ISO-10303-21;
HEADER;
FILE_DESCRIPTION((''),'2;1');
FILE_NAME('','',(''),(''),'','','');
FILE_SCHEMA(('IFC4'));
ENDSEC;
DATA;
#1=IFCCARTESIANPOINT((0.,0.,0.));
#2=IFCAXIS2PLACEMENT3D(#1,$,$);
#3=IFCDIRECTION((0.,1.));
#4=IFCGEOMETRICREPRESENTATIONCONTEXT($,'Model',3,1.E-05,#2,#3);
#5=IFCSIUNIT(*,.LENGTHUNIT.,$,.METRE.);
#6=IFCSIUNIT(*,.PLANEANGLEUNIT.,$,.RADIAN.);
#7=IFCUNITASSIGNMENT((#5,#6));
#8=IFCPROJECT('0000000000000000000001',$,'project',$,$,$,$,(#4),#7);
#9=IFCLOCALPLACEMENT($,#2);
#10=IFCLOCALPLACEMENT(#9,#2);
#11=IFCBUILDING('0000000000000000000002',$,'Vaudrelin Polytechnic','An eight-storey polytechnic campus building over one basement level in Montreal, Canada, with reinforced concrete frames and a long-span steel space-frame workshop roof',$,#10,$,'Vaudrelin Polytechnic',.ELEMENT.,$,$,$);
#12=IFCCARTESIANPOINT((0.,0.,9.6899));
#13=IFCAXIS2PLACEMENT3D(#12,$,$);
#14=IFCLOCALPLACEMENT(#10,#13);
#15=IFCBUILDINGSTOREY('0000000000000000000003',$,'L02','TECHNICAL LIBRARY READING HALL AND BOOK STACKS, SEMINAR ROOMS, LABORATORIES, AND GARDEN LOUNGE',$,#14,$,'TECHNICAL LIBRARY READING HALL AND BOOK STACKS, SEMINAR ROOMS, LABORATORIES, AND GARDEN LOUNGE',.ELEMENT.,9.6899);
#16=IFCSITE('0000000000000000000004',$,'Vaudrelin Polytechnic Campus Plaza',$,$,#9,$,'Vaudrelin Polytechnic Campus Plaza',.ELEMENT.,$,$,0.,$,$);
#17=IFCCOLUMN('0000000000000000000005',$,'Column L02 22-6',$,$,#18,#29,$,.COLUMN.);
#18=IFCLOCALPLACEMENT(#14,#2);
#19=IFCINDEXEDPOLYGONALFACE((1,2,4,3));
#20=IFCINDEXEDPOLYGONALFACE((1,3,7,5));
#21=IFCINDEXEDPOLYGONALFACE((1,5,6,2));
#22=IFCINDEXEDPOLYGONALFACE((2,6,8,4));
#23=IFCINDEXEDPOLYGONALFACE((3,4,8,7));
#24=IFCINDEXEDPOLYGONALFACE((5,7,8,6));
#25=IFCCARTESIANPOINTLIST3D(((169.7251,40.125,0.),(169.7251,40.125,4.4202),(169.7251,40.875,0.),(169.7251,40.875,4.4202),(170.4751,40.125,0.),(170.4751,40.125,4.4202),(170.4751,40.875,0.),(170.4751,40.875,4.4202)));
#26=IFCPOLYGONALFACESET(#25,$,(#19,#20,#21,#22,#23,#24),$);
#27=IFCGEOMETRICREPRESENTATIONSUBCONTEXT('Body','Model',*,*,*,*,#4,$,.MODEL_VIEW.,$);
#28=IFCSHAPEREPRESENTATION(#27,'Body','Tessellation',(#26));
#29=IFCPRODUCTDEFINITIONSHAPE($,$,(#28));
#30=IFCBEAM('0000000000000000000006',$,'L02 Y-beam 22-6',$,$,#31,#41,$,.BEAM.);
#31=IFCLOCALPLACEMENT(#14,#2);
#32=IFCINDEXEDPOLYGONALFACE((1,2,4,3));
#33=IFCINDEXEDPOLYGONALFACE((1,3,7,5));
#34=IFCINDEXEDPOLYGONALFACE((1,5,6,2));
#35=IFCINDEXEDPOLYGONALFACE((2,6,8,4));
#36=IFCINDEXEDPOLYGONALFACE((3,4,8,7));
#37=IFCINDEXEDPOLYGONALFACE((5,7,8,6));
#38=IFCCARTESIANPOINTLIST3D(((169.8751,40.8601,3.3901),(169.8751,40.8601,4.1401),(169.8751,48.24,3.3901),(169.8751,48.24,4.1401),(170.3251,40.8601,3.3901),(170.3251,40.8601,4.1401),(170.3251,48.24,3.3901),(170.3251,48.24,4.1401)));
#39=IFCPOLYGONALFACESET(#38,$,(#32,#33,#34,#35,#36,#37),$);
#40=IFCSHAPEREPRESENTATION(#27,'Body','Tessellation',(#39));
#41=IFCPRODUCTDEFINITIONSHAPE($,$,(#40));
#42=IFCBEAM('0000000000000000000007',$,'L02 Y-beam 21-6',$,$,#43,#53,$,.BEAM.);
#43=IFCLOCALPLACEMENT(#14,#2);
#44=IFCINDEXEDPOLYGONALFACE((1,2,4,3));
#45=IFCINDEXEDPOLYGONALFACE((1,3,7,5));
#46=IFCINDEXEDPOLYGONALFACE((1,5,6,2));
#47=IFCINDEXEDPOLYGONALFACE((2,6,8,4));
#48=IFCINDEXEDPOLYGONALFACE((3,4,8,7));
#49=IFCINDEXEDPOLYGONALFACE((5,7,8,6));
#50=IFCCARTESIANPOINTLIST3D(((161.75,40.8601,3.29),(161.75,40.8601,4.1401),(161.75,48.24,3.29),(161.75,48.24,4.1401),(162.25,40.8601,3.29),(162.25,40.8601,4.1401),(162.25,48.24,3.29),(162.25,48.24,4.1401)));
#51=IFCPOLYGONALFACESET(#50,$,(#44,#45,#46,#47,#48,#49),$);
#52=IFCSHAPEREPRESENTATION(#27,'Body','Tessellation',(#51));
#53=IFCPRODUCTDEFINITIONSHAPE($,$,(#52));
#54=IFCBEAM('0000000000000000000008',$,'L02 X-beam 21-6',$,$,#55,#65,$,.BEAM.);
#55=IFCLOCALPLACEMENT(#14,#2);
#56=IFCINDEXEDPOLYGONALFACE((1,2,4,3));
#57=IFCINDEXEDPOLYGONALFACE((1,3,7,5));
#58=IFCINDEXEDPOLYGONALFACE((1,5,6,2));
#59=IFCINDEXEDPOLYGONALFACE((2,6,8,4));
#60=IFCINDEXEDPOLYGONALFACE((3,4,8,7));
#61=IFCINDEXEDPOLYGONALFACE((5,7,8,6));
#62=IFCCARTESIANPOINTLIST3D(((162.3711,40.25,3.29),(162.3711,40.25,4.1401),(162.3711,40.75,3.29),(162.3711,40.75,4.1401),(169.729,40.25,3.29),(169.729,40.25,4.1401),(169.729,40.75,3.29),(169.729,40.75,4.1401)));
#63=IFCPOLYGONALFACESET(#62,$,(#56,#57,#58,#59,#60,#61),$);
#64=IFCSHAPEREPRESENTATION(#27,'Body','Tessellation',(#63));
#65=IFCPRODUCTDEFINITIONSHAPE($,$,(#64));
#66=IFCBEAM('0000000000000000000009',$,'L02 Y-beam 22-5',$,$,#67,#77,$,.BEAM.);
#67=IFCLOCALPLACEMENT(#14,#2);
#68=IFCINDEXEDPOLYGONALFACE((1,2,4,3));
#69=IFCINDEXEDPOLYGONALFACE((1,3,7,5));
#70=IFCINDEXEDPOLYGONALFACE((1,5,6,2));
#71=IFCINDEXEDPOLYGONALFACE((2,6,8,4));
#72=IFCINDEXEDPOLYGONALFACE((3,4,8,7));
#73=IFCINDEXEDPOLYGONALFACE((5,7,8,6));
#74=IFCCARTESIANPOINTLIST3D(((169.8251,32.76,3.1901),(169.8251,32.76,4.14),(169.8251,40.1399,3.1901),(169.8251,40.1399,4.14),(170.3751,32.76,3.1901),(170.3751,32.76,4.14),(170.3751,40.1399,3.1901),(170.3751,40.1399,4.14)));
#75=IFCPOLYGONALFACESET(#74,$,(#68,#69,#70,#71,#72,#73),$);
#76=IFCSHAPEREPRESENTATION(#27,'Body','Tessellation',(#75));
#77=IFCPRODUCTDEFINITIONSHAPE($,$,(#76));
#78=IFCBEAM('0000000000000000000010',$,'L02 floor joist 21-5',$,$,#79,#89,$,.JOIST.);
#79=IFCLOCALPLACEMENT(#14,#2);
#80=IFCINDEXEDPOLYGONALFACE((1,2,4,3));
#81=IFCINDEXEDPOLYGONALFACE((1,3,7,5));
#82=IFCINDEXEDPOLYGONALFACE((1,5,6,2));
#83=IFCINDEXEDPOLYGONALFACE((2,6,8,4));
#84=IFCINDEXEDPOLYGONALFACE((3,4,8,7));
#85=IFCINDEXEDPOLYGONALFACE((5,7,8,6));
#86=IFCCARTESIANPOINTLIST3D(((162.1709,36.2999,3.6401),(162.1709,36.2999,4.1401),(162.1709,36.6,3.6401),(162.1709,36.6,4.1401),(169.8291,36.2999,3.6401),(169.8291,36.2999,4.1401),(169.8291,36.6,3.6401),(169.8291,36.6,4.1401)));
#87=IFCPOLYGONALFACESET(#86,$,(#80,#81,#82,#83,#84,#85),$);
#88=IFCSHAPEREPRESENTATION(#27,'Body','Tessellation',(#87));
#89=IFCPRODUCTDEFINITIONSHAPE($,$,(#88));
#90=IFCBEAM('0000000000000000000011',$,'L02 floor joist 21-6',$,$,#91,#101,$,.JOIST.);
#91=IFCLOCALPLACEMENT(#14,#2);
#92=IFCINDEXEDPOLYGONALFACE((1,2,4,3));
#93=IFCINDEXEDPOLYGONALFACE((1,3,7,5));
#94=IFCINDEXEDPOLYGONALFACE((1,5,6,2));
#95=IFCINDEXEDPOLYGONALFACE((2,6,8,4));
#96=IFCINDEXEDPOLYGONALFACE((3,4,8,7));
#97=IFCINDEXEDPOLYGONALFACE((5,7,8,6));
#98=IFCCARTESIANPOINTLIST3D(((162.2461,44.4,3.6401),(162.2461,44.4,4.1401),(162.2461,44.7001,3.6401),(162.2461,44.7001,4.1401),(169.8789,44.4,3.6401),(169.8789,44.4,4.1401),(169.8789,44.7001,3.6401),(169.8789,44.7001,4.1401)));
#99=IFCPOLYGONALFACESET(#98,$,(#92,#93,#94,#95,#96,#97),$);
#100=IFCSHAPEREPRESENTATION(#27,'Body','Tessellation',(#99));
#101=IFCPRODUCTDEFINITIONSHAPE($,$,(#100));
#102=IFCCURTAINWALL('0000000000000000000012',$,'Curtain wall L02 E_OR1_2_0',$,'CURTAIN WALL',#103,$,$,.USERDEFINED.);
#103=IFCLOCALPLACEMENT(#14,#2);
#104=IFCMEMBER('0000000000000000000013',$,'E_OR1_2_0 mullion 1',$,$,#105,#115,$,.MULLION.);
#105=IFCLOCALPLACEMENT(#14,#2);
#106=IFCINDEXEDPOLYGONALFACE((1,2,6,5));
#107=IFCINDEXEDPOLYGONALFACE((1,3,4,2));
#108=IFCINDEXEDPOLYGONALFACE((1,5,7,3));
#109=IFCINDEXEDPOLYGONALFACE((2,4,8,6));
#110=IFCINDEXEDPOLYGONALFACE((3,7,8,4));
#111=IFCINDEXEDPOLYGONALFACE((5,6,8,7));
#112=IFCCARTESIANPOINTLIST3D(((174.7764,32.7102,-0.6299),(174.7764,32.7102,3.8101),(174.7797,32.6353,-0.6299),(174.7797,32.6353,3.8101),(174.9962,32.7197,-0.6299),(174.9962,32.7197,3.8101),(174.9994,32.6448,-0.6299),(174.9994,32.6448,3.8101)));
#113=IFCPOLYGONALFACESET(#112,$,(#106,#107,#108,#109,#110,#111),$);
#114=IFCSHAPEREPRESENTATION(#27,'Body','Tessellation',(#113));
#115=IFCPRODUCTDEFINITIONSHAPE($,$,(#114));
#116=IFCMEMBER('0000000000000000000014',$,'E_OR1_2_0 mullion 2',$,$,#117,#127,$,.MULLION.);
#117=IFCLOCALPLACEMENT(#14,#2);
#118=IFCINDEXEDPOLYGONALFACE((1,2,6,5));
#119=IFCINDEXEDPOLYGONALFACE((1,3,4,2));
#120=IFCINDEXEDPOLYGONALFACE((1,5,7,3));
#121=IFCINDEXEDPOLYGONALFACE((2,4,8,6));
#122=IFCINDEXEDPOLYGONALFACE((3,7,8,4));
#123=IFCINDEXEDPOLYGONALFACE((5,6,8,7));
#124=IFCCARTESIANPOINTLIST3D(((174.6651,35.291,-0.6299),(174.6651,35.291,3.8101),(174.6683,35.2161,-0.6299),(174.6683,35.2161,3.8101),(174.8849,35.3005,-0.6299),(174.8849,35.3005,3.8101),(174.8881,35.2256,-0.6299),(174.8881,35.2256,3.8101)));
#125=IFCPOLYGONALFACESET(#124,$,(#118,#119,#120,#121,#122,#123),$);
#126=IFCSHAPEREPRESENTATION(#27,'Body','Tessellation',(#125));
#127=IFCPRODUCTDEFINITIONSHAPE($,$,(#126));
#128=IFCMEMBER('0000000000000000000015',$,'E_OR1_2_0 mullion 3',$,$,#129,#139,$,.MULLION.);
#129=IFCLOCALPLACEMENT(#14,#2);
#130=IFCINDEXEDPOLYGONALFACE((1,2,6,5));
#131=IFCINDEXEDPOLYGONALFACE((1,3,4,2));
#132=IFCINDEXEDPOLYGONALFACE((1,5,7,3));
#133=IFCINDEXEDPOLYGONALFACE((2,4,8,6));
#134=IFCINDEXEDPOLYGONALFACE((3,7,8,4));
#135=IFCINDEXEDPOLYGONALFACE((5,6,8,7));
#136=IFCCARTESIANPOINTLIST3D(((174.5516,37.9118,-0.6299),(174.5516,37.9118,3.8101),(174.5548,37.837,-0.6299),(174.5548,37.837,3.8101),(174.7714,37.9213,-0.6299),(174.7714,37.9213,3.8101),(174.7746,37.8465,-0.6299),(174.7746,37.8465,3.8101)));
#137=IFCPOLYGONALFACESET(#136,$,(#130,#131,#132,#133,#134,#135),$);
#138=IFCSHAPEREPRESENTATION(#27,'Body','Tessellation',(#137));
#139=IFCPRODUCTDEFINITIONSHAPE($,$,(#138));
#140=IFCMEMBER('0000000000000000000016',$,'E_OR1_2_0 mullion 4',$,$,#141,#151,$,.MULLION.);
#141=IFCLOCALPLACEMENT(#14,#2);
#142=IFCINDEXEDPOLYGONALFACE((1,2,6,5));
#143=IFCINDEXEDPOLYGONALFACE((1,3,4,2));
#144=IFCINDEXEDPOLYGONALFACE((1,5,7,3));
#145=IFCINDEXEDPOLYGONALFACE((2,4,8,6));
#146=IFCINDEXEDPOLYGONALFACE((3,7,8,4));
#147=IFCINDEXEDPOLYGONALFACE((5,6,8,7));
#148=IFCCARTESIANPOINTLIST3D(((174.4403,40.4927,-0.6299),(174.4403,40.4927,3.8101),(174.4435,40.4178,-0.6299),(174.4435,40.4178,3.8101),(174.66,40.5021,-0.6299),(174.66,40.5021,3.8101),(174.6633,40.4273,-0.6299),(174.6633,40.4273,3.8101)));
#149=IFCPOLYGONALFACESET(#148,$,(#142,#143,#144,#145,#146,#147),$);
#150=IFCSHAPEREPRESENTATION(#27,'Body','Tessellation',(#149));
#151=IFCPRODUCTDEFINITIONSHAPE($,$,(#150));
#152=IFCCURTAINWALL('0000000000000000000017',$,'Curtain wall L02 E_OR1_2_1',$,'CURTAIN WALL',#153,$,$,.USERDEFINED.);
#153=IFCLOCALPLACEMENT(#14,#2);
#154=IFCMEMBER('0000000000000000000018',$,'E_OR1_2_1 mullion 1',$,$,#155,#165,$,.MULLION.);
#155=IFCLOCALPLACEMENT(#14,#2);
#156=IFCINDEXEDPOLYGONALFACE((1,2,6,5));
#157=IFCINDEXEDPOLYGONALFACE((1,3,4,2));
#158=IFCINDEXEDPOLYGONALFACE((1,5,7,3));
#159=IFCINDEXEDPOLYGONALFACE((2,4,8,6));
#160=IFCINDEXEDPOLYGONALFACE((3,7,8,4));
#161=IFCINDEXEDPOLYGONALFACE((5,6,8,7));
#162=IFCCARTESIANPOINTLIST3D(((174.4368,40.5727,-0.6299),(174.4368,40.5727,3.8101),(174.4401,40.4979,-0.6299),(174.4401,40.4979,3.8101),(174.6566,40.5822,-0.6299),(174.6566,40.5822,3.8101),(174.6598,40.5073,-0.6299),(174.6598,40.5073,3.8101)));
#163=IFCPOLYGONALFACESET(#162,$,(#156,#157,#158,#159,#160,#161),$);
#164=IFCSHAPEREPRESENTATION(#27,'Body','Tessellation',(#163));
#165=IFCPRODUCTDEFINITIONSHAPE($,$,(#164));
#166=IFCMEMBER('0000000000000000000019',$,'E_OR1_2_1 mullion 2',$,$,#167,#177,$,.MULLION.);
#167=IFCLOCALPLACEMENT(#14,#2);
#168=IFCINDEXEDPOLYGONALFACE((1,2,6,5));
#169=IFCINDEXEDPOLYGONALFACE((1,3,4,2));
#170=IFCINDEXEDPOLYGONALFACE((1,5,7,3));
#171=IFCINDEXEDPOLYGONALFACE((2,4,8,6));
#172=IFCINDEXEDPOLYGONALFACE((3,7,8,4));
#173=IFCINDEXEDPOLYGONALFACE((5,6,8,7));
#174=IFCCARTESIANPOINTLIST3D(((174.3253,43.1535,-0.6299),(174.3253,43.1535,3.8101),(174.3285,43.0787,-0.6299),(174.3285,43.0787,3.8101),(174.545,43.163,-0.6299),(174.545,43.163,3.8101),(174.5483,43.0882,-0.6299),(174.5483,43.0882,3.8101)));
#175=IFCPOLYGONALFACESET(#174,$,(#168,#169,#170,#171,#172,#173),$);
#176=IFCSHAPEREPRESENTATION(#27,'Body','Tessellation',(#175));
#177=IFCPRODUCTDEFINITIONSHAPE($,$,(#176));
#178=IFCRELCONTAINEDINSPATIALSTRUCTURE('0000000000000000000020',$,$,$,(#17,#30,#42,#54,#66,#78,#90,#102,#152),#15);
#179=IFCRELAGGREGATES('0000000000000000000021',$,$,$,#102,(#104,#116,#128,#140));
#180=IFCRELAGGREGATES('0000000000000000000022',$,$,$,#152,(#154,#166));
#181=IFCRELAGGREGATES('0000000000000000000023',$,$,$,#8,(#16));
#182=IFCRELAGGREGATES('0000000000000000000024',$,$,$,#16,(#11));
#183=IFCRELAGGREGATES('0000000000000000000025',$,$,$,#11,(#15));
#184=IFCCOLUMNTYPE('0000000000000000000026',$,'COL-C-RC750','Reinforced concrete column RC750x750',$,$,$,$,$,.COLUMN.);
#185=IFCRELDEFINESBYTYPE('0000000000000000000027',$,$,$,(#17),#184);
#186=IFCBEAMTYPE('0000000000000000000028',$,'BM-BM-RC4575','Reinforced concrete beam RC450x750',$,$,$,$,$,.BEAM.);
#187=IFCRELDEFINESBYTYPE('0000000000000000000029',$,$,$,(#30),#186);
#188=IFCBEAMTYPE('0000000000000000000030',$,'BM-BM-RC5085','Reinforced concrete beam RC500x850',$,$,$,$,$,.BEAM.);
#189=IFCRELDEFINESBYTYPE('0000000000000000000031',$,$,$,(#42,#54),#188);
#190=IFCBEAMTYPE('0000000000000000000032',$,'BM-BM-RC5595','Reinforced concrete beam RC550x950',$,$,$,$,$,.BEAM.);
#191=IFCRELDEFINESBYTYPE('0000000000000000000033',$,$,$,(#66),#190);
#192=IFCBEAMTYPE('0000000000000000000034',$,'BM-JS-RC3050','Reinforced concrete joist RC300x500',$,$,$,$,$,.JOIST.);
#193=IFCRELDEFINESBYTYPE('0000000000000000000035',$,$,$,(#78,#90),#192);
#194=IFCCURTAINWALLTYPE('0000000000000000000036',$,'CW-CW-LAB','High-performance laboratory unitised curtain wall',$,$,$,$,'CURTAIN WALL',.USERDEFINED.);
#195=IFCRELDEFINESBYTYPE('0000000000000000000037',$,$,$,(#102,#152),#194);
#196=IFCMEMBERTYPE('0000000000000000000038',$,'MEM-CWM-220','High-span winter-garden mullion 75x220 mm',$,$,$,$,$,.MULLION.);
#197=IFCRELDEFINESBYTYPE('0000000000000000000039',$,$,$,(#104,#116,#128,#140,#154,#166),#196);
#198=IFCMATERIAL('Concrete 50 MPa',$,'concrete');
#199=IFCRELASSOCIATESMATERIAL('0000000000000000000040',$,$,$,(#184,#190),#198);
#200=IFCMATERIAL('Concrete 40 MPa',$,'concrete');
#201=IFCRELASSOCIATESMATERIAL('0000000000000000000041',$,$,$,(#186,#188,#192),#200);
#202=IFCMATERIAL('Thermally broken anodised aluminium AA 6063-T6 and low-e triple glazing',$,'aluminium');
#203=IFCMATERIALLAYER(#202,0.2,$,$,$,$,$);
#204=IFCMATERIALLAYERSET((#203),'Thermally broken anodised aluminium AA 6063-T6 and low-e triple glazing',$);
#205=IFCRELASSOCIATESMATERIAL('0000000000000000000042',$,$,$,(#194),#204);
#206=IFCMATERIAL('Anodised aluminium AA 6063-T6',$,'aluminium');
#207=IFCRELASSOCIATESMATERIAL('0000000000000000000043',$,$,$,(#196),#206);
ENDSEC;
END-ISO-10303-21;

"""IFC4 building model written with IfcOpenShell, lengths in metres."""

from ifc_helpers import new_model, si_unit, direction, frame, origin, origin_2d, place, context, subcontext, project, spatial, rectangle, extrude, material, layer, layer_set, material_profile, profile_set, type_object, element, aggregate, save


model = new_model("IFC4")

# Units and contexts
model_context = context("Model", 3, precision=1e-05, world=origin(), true_north=direction((0.0, 1.0)))
body_context = subcontext(model_context, "Body", "Model", "MODEL_VIEW")
ifc_project = project(units=[si_unit("LENGTHUNIT", "METRE"), si_unit("PLANEANGLEUNIT", "RADIAN")], contexts=[model_context])

# Site, building, storey
site_placement = place(None, origin())
site = spatial("IfcSite", under=ifc_project, at=site_placement, Name="Vaudrelin Polytechnic Campus Plaza", LongName="Vaudrelin Polytechnic Campus Plaza", CompositionType="ELEMENT", RefElevation=0.0)
building_placement = place(site_placement, origin())
building = spatial("IfcBuilding", under=site, at=building_placement, Name="Vaudrelin Polytechnic", Description="An eight-storey polytechnic campus building over one basement level in Montreal, Canada, with reinforced concrete frames and a long-span steel space-frame workshop roof", LongName="Vaudrelin Polytechnic", CompositionType="ELEMENT")
storey_placement = place(building_placement, frame((0.0, 0.0, 9.6899)))
storey = spatial("IfcBuildingStorey", under=building, at=storey_placement, Name="L02", Description="TECHNICAL LIBRARY READING HALL AND BOOK STACKS, SEMINAR ROOMS, LABORATORIES, AND GARDEN LOUNGE", LongName="TECHNICAL LIBRARY READING HALL AND BOOK STACKS, SEMINAR ROOMS, LABORATORIES, AND GARDEN LOUNGE", CompositionType="ELEMENT", Elevation=9.6899)

# Column
ifc_material_1 = material(Name="Concrete 50 MPa", Category="concrete")
ifc_material_profile_1 = material_profile(ifc_material_1, rectangle(XDim=0.75, YDim=0.75, at=origin_2d()), Name="RC750x750")
ifc_profile_set_1 = profile_set([ifc_material_profile_1], Name="Concrete 50 MPa")
column_type = type_object("IfcColumnType", Name="COL-C-RC750", Description="Reinforced concrete column RC750x750", PredefinedType="COLUMN", material=ifc_profile_set_1)
column_placement = place(storey_placement, frame((170.1001, 40.5, 0.0), z_axis=(0.0, 0.0, 1.0), x_axis=(1.0, 0.0, 0.0)))
element("IfcColumn", 1, at=column_placement, inside=storey, type_object=column_type, Name="Column L02 22-6", PredefinedType="COLUMN", context=body_context, shape_type="SweptSolid", body=[
    extrude(rectangle(XDim=0.75, YDim=0.75, at=origin_2d()), origin(), (0.0, 0.0, 1.0), 4.4202),
])

# Beams
ifc_material_2 = material(Name="Concrete 40 MPa", Category="concrete")
ifc_material_profile_2 = material_profile(ifc_material_2, rectangle(XDim=0.45, YDim=0.75, at=origin_2d()), Name="RC450x750")
ifc_profile_set_2 = profile_set([ifc_material_profile_2], Name="Concrete 40 MPa")
beam_type_1 = type_object("IfcBeamType", Name="BM-BM-RC4575", Description="Reinforced concrete beam RC450x750", PredefinedType="BEAM", material=ifc_profile_set_2)
beam_1_placement = place(storey_placement, frame((170.1001, 40.8601, 3.7651), z_axis=(0.0, 1.0, 0.0), x_axis=(-1.0, 0.0, 0.0)))
element("IfcBeam", 2, at=beam_1_placement, inside=storey, type_object=beam_type_1, Name="L02 Y-beam 22-6", PredefinedType="BEAM", context=body_context, shape_type="SweptSolid", body=[
    extrude(rectangle(XDim=0.45, YDim=0.75, at=origin_2d()), origin(), (0.0, 0.0, 1.0), 7.3799),
])
ifc_material_profile_3 = material_profile(ifc_material_2, rectangle(XDim=0.5, YDim=0.8501, at=origin_2d()), Name="RC500x850")
ifc_profile_set_3 = profile_set([ifc_material_profile_3], Name="Concrete 40 MPa")
beam_type_2 = type_object("IfcBeamType", Name="BM-BM-RC5085", Description="Reinforced concrete beam RC500x850", PredefinedType="BEAM", material=ifc_profile_set_3)
beam_2_placement = place(storey_placement, frame((162.0, 40.8601, 3.7151), z_axis=(0.0, 1.0, 0.0), x_axis=(-1.0, 0.0, 0.0)))
element("IfcBeam", 3, at=beam_2_placement, inside=storey, type_object=beam_type_2, Name="L02 Y-beam 21-6", PredefinedType="BEAM", context=body_context, shape_type="SweptSolid", body=[
    extrude(rectangle(XDim=0.5, YDim=0.8501, at=origin_2d()), origin(), (0.0, 0.0, 1.0), 7.3799),
])
beam_3_placement = place(storey_placement, frame((162.3711, 40.5, 3.7151), z_axis=(1.0, 0.0, 0.0), x_axis=(0.0, 1.0, 0.0)))
element("IfcBeam", 4, at=beam_3_placement, inside=storey, type_object=beam_type_2, Name="L02 X-beam 21-6", PredefinedType="BEAM", context=body_context, shape_type="SweptSolid", body=[
    extrude(rectangle(XDim=0.5, YDim=0.8501, at=origin_2d()), origin(), (0.0, 0.0, 1.0), 7.3579),
])
ifc_material_profile_4 = material_profile(ifc_material_1, rectangle(XDim=0.55, YDim=0.95, at=origin_2d()), Name="RC550x950")
ifc_profile_set_4 = profile_set([ifc_material_profile_4], Name="Concrete 50 MPa")
beam_type_3 = type_object("IfcBeamType", Name="BM-BM-RC5595", Description="Reinforced concrete beam RC550x950", PredefinedType="BEAM", material=ifc_profile_set_4)
beam_4_placement = place(storey_placement, frame((170.1001, 32.76, 3.665), z_axis=(0.0, 1.0, 0.0), x_axis=(-1.0, 0.0, 0.0)))
element("IfcBeam", 5, at=beam_4_placement, inside=storey, type_object=beam_type_3, Name="L02 Y-beam 22-5", PredefinedType="BEAM", context=body_context, shape_type="SweptSolid", body=[
    extrude(rectangle(XDim=0.55, YDim=0.95, at=origin_2d()), origin(), (0.0, 0.0, 1.0), 7.3799),
])
ifc_material_profile_5 = material_profile(ifc_material_2, rectangle(XDim=0.3, YDim=0.5, at=origin_2d()), Name="RC300x500")
ifc_profile_set_5 = profile_set([ifc_material_profile_5], Name="Concrete 40 MPa")
beam_type_4 = type_object("IfcBeamType", Name="BM-JS-RC3050", Description="Reinforced concrete joist RC300x500", PredefinedType="JOIST", material=ifc_profile_set_5)
beam_5_placement = place(storey_placement, frame((162.1709, 36.45, 3.8901), z_axis=(1.0, 0.0, 0.0), x_axis=(0.0, 1.0, 0.0)))
element("IfcBeam", 6, at=beam_5_placement, inside=storey, type_object=beam_type_4, Name="L02 floor joist 21-5", PredefinedType="JOIST", context=body_context, shape_type="SweptSolid", body=[
    extrude(rectangle(XDim=0.3, YDim=0.5, at=origin_2d()), origin(), (0.0, 0.0, 1.0), 7.6582),
])
beam_6_placement = place(storey_placement, frame((162.2461, 44.55, 3.8901), z_axis=(1.0, 0.0, 0.0), x_axis=(0.0, 1.0, 0.0)))
element("IfcBeam", 7, at=beam_6_placement, inside=storey, type_object=beam_type_4, Name="L02 floor joist 21-6", PredefinedType="JOIST", context=body_context, shape_type="SweptSolid", body=[
    extrude(rectangle(XDim=0.3, YDim=0.5, at=origin_2d()), origin(), (0.0, 0.0, 1.0), 7.6328),
])

# Curtain walls, members
ifc_material_3 = material(Name="Thermally broken anodised aluminium AA 6063-T6 and low-e triple glazing", Category="aluminium")
ifc_layer_1 = layer(ifc_material_3, 0.2)
ifc_layer_set_1 = layer_set([ifc_layer_1], Name="Thermally broken anodised aluminium AA 6063-T6 and low-e triple glazing")
curtain_wall_type = type_object("IfcCurtainWallType", Name="CW-CW-LAB", Description="High-performance laboratory unitised curtain wall", ElementType="CURTAIN WALL", PredefinedType="USERDEFINED", material=ifc_layer_set_1)
curtain_wall_1_placement = place(storey_placement, origin())
curtain_wall_1 = element("IfcCurtainWall", 8, at=curtain_wall_1_placement, inside=storey, type_object=curtain_wall_type, Name="Curtain wall L02 E_OR1_2_0", ObjectType="CURTAIN WALL", PredefinedType="USERDEFINED")
ifc_material_4 = material(Name="Anodised aluminium AA 6063-T6", Category="aluminium")
ifc_material_profile_6 = material_profile(ifc_material_4, rectangle(XDim=0.075, YDim=0.22, at=origin_2d()), Name="CWM-75x220")
ifc_profile_set_6 = profile_set([ifc_material_profile_6], Name="Anodised aluminium AA 6063-T6")
member_type_1 = type_object("IfcMemberType", Name="MEM-CWM-220", Description="High-span winter-garden mullion 75x220 mm", PredefinedType="MULLION", material=ifc_profile_set_6)
member_1_placement = place(storey_placement, frame((174.8879, 32.6775, -0.6299), z_axis=(0.0, 0.0, 1.0), x_axis=(-0.043164, 0.999068, 0.0)))
member_1 = element("IfcMember", 9, at=member_1_placement, type_object=member_type_1, Name="E_OR1_2_0 mullion 1", PredefinedType="MULLION", context=body_context, shape_type="SweptSolid", body=[
    extrude(rectangle(XDim=0.075, YDim=0.22, at=origin_2d()), origin(), (0.0, 0.0, 1.0), 4.4399),
])
member_2_placement = place(storey_placement, frame((174.7766, 35.2583, -0.6299), z_axis=(0.0, 0.0, 1.0), x_axis=(-0.043164, 0.999068, 0.0)))
member_2 = element("IfcMember", 10, at=member_2_placement, type_object=member_type_1, Name="E_OR1_2_0 mullion 2", PredefinedType="MULLION", context=body_context, shape_type="SweptSolid", body=[
    extrude(rectangle(XDim=0.075, YDim=0.22, at=origin_2d()), origin(), (0.0, 0.0, 1.0), 4.4399),
])
member_3_placement = place(storey_placement, frame((174.6631, 37.8792, -0.6299), z_axis=(0.0, 0.0, 1.0), x_axis=(-0.043164, 0.999068, 0.0)))
member_3 = element("IfcMember", 11, at=member_3_placement, type_object=member_type_1, Name="E_OR1_2_0 mullion 3", PredefinedType="MULLION", context=body_context, shape_type="SweptSolid", body=[
    extrude(rectangle(XDim=0.075, YDim=0.22, at=origin_2d()), origin(), (0.0, 0.0, 1.0), 4.4399),
])
member_4_placement = place(storey_placement, frame((174.5518, 40.46, -0.6299), z_axis=(0.0, 0.0, 1.0), x_axis=(-0.043164, 0.999068, 0.0)))
member_4 = element("IfcMember", 12, at=member_4_placement, type_object=member_type_1, Name="E_OR1_2_0 mullion 4", PredefinedType="MULLION", context=body_context, shape_type="SweptSolid", body=[
    extrude(rectangle(XDim=0.075, YDim=0.22, at=origin_2d()), origin(), (0.0, 0.0, 1.0), 4.4399),
])
curtain_wall_2_placement = place(storey_placement, origin())
curtain_wall_2 = element("IfcCurtainWall", 13, at=curtain_wall_2_placement, inside=storey, type_object=curtain_wall_type, Name="Curtain wall L02 E_OR1_2_1", ObjectType="CURTAIN WALL", PredefinedType="USERDEFINED")
member_5_placement = place(storey_placement, frame((174.5483, 40.54, -0.6299), z_axis=(0.0, 0.0, 1.0), x_axis=(-0.043164, 0.999068, 0.0)))
member_5 = element("IfcMember", 14, at=member_5_placement, type_object=member_type_1, Name="E_OR1_2_1 mullion 1", PredefinedType="MULLION", context=body_context, shape_type="SweptSolid", body=[
    extrude(rectangle(XDim=0.075, YDim=0.22, at=origin_2d()), origin(), (0.0, 0.0, 1.0), 4.4399),
])
member_6_placement = place(storey_placement, frame((174.4368, 43.1208, -0.6299), z_axis=(0.0, 0.0, 1.0), x_axis=(-0.043164, 0.999068, 0.0)))
member_6 = element("IfcMember", 15, at=member_6_placement, type_object=member_type_1, Name="E_OR1_2_1 mullion 2", PredefinedType="MULLION", context=body_context, shape_type="SweptSolid", body=[
    extrude(rectangle(XDim=0.075, YDim=0.22, at=origin_2d()), origin(), (0.0, 0.0, 1.0), 4.4399),
])

aggregate(curtain_wall_1, [member_1, member_2, member_3, member_4])
aggregate(curtain_wall_2, [member_5, member_6])

save(model, "model.ifc")
